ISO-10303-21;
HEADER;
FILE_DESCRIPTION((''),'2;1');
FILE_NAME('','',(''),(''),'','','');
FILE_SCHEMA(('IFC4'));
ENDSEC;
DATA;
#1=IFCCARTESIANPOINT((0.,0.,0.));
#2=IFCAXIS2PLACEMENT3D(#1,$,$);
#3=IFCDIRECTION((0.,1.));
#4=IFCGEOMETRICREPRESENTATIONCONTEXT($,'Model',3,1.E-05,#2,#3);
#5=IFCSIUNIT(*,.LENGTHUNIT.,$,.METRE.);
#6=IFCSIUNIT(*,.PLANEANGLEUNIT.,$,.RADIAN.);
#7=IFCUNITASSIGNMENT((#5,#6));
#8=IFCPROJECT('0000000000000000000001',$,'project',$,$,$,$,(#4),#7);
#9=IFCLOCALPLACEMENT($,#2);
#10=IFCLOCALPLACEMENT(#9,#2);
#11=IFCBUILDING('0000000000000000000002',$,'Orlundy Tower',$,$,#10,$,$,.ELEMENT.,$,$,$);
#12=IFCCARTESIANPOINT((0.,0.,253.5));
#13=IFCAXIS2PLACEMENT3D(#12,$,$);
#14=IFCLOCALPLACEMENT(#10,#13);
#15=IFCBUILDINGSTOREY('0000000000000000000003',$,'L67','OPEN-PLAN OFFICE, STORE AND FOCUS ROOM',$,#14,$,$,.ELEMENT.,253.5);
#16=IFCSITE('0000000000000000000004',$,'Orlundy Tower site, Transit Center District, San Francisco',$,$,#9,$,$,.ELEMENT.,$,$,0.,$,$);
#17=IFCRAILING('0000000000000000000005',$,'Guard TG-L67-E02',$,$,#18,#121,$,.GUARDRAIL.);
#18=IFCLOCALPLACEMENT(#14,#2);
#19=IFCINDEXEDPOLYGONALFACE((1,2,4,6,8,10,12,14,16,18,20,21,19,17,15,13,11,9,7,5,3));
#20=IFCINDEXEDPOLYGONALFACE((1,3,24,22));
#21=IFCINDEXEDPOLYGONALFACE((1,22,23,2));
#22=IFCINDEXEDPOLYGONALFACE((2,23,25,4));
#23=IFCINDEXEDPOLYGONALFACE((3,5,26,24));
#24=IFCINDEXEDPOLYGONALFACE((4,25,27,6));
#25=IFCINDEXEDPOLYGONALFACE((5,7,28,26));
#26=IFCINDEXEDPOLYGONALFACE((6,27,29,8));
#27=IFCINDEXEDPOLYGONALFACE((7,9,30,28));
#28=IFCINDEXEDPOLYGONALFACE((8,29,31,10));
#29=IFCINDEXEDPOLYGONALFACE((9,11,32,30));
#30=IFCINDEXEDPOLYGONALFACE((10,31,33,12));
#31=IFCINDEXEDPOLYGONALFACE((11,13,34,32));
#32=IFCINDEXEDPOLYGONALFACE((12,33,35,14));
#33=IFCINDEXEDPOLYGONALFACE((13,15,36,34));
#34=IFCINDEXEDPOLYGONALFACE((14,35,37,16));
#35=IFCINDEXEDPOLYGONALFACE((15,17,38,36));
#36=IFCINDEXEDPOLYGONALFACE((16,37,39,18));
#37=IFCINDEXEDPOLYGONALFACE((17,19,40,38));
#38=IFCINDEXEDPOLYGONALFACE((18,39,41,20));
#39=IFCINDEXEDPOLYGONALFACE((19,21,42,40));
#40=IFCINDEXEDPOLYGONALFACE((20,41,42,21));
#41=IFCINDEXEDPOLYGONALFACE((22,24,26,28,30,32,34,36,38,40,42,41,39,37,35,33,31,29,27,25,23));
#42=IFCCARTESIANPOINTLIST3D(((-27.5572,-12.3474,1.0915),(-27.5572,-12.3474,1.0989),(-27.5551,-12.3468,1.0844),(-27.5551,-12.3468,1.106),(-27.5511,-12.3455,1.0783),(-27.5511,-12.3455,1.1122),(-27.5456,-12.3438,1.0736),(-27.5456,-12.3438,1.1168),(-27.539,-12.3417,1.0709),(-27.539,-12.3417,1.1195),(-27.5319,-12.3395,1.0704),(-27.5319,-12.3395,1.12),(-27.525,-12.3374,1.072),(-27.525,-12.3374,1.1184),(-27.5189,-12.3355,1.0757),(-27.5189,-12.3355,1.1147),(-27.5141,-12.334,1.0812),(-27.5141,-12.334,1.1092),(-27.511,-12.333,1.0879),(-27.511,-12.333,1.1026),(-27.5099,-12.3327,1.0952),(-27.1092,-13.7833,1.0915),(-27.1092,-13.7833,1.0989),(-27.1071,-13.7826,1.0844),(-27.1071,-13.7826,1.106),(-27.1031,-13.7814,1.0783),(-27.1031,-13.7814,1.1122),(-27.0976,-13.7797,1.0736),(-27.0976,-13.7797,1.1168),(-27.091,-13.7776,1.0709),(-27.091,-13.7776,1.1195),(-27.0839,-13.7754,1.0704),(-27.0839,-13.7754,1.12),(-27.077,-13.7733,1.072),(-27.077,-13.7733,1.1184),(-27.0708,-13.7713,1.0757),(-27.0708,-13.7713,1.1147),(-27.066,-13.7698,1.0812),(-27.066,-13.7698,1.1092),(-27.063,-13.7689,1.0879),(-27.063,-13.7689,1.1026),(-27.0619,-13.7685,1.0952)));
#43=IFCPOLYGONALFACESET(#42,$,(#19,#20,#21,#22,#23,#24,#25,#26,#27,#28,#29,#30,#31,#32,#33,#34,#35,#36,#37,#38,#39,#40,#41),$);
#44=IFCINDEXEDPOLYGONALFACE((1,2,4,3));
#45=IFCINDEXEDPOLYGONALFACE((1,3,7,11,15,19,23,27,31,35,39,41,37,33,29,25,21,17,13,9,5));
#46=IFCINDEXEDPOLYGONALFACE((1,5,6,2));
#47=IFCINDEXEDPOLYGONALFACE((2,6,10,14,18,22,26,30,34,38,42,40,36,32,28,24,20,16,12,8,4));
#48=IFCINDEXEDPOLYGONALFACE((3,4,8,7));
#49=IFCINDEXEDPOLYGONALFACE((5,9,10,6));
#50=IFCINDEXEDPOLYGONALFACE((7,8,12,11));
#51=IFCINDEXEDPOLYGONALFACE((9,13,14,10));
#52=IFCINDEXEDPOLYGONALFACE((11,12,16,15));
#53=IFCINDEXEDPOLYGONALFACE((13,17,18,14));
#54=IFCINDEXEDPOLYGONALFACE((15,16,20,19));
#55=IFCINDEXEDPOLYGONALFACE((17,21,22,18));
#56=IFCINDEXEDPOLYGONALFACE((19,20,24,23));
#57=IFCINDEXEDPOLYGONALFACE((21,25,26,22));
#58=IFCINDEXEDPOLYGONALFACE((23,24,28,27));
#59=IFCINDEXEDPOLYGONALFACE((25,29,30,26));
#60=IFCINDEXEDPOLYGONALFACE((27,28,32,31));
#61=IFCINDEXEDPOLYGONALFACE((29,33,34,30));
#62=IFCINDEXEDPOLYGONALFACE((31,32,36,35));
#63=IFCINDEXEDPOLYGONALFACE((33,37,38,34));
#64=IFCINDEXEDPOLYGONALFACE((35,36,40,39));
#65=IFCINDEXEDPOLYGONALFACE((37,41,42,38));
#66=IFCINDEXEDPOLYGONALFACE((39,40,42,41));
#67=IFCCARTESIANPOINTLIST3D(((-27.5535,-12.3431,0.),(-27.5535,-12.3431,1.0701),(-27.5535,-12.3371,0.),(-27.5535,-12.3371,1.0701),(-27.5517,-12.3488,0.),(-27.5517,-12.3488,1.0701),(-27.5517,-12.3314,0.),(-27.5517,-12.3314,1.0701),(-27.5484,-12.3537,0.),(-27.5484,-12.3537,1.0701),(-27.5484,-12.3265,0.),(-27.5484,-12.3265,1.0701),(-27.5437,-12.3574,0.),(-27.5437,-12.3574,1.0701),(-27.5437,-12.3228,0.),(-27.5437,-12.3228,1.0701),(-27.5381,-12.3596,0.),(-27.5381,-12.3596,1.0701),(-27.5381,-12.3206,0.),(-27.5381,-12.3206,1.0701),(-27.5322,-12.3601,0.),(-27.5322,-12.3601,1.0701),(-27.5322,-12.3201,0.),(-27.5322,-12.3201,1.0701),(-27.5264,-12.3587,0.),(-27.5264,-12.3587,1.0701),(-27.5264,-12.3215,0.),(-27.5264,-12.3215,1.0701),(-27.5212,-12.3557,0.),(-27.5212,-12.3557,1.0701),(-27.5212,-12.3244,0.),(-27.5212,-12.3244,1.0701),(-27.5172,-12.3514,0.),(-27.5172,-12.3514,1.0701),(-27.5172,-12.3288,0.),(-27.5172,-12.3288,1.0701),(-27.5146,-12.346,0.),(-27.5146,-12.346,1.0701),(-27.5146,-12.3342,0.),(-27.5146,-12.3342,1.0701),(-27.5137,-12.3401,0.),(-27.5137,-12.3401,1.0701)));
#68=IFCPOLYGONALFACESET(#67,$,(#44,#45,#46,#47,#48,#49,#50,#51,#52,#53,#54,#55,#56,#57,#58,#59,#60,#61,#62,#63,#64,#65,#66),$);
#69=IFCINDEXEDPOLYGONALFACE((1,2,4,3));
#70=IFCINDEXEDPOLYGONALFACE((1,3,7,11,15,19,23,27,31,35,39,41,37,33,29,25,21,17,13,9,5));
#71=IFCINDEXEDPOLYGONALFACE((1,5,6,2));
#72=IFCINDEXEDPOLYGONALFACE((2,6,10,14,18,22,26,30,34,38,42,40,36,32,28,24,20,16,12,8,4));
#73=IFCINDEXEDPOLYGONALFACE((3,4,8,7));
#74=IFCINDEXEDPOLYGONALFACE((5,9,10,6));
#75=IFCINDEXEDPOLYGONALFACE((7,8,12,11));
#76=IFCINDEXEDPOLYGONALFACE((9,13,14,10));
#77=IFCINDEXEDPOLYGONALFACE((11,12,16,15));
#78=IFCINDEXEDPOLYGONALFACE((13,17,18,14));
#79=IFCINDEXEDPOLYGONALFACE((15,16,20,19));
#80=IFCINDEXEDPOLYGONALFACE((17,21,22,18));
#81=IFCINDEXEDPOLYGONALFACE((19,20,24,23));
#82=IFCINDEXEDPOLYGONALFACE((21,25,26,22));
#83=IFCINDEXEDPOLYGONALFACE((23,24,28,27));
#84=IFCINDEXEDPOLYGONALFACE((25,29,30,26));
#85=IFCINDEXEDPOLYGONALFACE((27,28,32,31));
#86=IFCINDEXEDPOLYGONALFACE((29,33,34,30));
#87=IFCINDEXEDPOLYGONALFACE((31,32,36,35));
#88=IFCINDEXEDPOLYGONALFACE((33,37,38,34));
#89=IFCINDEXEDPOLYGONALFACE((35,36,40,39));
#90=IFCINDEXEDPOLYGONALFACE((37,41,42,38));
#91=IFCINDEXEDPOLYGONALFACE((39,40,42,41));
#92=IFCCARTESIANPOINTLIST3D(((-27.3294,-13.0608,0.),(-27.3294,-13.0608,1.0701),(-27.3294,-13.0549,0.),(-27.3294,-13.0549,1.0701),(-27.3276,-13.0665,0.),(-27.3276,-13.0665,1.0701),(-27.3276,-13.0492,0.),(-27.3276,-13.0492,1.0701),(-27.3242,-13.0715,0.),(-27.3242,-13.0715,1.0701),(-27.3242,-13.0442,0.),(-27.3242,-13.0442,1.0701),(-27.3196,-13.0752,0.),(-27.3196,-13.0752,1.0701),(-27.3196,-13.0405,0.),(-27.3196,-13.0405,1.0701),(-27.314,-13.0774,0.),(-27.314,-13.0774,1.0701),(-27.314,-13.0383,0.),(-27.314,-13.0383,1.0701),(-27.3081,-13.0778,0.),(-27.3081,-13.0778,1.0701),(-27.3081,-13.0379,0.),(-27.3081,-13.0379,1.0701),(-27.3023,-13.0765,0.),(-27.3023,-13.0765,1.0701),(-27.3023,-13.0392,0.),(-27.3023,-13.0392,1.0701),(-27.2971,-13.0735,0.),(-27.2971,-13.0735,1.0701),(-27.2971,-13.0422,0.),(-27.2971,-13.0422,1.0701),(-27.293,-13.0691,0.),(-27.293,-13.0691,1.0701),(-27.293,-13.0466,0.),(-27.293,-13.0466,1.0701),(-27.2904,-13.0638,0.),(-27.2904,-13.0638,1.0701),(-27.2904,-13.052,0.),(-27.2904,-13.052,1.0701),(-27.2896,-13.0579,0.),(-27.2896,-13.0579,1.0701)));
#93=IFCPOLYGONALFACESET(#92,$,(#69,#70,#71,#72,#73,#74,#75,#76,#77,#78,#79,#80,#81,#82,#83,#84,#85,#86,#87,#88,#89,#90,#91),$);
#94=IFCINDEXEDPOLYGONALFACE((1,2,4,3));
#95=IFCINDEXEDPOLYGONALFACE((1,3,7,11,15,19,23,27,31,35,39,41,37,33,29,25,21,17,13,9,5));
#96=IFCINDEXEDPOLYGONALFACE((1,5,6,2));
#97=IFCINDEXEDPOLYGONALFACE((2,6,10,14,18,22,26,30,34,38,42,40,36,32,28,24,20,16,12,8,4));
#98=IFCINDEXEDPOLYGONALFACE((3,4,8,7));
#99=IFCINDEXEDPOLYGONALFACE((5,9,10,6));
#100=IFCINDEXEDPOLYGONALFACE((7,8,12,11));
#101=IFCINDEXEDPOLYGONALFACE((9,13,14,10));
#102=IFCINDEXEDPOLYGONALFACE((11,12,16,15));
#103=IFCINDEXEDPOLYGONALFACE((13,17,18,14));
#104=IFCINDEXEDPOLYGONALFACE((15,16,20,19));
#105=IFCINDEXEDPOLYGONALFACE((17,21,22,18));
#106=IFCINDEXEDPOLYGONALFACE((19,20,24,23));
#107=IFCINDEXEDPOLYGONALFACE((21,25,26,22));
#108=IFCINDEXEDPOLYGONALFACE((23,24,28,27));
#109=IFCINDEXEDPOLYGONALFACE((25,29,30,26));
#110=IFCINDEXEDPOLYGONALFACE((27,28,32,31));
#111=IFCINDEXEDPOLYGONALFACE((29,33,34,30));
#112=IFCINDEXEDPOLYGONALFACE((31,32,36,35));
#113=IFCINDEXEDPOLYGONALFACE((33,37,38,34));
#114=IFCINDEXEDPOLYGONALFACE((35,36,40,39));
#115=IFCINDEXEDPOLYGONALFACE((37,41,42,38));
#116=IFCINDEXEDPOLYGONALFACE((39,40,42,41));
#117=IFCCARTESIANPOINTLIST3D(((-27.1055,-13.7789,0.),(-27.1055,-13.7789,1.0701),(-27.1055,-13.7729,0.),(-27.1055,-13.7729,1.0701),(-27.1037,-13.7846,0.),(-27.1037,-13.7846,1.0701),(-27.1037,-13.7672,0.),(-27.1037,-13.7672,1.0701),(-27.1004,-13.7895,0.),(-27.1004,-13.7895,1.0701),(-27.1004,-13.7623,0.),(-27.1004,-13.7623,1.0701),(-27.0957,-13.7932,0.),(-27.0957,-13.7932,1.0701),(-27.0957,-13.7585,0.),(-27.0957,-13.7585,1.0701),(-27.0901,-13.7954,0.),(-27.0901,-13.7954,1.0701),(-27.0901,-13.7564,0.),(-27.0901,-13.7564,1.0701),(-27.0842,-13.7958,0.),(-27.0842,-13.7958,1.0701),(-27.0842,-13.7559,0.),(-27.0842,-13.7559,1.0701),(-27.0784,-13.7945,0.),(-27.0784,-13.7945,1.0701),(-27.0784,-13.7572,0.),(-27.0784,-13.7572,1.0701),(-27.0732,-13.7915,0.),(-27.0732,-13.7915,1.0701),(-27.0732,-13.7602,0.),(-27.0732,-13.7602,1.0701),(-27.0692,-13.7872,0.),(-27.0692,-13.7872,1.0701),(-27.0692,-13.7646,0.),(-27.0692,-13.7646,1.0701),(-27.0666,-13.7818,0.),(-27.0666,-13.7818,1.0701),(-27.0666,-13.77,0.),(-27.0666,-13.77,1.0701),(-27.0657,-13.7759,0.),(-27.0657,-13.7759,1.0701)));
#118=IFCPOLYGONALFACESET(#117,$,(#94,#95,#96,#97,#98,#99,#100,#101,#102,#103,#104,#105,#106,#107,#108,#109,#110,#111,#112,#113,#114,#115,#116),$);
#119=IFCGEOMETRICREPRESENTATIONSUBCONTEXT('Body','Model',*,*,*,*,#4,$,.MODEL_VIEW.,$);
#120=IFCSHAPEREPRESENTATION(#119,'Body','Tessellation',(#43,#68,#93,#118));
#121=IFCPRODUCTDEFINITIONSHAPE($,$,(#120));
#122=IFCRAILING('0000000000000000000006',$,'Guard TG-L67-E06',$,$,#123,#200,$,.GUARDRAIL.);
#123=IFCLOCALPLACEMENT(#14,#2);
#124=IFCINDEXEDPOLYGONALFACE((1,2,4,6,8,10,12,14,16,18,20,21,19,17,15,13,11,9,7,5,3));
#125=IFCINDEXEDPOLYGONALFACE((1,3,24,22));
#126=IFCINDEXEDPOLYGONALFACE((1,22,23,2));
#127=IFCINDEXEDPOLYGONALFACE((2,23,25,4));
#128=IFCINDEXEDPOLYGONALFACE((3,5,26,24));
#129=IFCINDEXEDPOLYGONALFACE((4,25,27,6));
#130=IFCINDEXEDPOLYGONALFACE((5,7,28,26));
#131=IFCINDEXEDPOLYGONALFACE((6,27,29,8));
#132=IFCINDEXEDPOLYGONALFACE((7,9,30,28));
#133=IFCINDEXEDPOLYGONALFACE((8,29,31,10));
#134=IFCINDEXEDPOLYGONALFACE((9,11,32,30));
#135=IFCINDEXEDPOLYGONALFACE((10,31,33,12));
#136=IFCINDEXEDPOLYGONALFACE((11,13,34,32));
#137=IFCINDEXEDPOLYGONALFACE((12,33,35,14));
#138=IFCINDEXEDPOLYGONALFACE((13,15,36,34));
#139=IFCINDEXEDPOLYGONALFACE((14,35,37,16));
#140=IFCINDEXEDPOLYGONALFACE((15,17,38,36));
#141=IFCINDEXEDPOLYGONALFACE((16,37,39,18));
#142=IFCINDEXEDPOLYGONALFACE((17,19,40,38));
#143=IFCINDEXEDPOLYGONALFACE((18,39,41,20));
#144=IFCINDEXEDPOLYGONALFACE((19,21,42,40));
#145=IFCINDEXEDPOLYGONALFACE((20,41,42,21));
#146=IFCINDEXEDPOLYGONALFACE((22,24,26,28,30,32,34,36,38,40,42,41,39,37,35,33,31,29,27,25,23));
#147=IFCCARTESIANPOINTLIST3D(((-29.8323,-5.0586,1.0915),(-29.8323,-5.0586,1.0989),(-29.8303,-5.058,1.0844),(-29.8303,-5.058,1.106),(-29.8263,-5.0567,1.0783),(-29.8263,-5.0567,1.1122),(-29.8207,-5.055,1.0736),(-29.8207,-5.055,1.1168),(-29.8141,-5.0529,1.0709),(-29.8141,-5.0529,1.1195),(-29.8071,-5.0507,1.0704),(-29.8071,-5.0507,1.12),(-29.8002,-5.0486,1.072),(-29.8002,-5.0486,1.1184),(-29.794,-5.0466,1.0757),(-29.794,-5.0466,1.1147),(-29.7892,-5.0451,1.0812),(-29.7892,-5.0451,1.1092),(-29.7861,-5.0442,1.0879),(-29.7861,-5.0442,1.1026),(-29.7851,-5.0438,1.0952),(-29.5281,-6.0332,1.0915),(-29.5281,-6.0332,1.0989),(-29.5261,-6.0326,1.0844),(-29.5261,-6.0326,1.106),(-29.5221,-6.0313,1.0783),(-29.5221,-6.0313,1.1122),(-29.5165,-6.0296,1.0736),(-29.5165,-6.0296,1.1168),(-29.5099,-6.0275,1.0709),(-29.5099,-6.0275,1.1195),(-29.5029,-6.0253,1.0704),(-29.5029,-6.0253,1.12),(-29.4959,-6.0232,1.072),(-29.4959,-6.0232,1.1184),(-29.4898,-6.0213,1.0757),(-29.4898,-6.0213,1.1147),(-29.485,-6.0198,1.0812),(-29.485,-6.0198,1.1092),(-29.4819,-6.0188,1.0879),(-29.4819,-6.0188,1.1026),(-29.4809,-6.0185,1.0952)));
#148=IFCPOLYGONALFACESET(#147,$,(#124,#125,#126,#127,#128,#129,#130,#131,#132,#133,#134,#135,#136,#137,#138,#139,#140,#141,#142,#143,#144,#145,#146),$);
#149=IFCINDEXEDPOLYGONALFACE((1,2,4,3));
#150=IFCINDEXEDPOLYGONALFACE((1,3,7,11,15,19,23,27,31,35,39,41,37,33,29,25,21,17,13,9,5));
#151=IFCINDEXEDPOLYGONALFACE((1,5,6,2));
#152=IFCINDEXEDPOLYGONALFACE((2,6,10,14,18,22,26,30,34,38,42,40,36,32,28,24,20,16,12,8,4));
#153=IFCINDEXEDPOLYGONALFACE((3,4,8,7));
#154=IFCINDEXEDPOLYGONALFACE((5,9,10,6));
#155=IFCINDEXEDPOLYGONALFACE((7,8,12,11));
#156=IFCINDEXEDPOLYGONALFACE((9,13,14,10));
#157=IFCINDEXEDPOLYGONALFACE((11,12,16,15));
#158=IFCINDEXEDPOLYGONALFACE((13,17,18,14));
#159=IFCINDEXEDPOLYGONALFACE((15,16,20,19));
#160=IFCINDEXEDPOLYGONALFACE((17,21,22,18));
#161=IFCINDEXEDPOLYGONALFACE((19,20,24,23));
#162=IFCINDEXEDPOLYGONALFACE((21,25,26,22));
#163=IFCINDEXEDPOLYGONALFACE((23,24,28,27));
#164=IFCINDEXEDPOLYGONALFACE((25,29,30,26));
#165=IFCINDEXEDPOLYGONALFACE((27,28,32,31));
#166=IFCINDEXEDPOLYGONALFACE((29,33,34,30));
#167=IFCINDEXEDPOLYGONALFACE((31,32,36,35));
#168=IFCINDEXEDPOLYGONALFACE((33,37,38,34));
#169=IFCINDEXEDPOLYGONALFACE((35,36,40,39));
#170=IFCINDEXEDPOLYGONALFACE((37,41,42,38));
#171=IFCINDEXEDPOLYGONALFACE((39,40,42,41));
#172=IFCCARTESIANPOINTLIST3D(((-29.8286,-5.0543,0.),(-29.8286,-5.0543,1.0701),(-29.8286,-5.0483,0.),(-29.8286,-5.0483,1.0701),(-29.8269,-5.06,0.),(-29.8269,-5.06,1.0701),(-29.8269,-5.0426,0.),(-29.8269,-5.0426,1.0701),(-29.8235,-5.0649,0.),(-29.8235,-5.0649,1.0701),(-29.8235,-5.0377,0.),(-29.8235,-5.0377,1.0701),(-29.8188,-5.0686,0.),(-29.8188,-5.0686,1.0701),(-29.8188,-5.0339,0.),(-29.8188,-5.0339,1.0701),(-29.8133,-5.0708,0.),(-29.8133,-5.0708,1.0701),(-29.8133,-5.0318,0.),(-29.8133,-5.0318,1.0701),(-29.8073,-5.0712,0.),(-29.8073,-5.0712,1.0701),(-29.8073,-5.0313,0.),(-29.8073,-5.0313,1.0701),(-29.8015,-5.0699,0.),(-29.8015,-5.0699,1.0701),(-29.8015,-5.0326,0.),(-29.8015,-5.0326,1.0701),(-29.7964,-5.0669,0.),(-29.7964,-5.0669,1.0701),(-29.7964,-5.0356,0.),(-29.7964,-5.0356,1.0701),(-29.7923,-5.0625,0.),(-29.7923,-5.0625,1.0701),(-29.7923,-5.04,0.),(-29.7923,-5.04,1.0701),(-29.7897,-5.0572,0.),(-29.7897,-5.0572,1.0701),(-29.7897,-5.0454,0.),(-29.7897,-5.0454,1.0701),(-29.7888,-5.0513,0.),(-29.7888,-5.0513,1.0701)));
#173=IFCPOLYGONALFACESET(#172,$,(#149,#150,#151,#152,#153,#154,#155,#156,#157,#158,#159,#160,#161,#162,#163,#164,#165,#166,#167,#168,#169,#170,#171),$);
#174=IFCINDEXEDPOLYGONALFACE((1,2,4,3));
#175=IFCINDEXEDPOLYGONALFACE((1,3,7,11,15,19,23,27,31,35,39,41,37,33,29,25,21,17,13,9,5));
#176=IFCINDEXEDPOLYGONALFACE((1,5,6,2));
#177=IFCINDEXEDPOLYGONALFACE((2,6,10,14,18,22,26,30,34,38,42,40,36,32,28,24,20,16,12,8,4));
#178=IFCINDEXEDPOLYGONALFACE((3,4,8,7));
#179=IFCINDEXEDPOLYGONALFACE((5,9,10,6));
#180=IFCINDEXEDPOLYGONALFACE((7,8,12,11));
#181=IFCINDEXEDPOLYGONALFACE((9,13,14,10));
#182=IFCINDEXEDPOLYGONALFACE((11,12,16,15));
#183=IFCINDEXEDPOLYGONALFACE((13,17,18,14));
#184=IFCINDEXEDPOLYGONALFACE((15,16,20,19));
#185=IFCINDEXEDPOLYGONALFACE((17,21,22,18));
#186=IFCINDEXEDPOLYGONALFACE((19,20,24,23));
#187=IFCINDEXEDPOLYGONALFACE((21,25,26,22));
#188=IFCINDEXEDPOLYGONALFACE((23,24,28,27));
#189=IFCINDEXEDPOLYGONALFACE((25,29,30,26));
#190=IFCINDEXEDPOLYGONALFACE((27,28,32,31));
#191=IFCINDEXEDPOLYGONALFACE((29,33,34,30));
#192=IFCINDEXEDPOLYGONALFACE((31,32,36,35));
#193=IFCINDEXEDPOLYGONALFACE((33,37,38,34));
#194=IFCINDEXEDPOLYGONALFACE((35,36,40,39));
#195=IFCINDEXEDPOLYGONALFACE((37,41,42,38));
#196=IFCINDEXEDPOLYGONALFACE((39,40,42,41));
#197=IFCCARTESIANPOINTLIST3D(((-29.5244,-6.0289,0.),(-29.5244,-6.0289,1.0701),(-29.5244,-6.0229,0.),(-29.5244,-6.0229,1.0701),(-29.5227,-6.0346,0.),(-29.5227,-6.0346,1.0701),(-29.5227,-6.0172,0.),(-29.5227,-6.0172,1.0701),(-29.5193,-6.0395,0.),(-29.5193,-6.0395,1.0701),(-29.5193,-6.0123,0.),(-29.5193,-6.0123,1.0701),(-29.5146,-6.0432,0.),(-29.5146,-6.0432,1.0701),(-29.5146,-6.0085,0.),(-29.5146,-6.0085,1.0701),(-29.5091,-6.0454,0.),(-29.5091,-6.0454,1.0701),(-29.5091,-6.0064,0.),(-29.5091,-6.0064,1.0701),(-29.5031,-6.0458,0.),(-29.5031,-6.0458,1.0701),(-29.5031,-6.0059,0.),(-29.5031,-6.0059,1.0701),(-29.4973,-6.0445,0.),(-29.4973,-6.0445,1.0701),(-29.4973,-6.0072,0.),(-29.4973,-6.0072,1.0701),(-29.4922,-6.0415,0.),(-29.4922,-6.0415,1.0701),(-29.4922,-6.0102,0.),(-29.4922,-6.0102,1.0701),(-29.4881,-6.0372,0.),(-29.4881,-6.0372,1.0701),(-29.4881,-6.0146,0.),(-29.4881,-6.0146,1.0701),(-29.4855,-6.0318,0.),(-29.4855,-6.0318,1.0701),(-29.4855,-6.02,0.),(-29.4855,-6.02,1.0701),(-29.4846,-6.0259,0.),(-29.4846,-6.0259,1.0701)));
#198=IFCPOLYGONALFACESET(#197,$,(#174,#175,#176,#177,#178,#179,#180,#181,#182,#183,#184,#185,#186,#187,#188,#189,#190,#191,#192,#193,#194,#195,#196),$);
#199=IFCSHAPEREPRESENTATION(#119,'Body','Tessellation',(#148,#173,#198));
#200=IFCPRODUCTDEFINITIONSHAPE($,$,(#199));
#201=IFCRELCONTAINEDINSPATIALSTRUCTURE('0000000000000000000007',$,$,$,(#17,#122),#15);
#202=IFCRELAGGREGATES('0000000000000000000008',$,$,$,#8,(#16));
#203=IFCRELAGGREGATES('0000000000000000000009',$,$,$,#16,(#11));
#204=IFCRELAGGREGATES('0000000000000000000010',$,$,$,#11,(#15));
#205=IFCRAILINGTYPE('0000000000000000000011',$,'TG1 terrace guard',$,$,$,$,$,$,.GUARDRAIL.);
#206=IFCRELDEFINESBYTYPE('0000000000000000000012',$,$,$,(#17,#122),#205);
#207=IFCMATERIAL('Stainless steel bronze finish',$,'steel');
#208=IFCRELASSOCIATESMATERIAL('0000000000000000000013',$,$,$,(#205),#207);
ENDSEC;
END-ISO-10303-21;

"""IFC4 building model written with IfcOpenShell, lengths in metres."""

from ifc_helpers import new_model, si_unit, direction, frame, origin, origin_2d, place, context, subcontext, project, spatial, circle, extrude, material, type_object, element, save


model = new_model("IFC4")

# Units and contexts
model_context = context("Model", 3, precision=1e-05, world=origin(), true_north=direction((0.0, 1.0)))
body_context = subcontext(model_context, "Body", "Model", "MODEL_VIEW")
ifc_project = project(units=[si_unit("LENGTHUNIT", "METRE"), si_unit("PLANEANGLEUNIT", "RADIAN")], contexts=[model_context])

# Site, building, storey
site_placement = place(None, origin())
site = spatial("IfcSite", under=ifc_project, at=site_placement, Name="Orlundy Tower site, Transit Center District, San Francisco", CompositionType="ELEMENT", RefElevation=0.0)
building_placement = place(site_placement, origin())
building = spatial("IfcBuilding", under=site, at=building_placement, Name="Orlundy Tower", CompositionType="ELEMENT")
storey_placement = place(building_placement, frame((0.0, 0.0, 253.5)))
storey = spatial("IfcBuildingStorey", under=building, at=storey_placement, Name="L67", Description="OPEN-PLAN OFFICE, STORE AND FOCUS ROOM", CompositionType="ELEMENT", Elevation=253.5)

# Railings
ifc_material_1 = material(Name="Stainless steel bronze finish", Category="steel")
railing_type_1 = type_object("IfcRailingType", Name="TG1 terrace guard", PredefinedType="GUARDRAIL", material=ifc_material_1)
railing_1_placement = place(storey_placement, frame((-27.5337, -12.3401, 0.0)))
element("IfcRailing", 1, at=railing_1_placement, inside=storey, type_object=railing_type_1, Name="Guard TG-L67-E02", PredefinedType="GUARDRAIL", context=body_context, shape_type="SweptSolid", body=[
    extrude(circle(Radius=0.0249, at=origin_2d()), frame((0.0, 0.0, 1.0952), z_axis=(0.297859, -0.95461, 0.0), x_axis=(0.95461, 0.297859, 0.0)), (0.0, 0.0, 1.0), 1.5042),
    extrude(circle(Radius=0.02, at=origin_2d()), origin(), (0.0, 0.0, 1.0), 1.0701),
    extrude(circle(Radius=0.02, at=origin_2d()), frame((0.2241, -0.7178, 0.0)), (0.0, 0.0, 1.0), 1.0701),
    extrude(circle(Radius=0.02, at=origin_2d()), frame((0.448, -1.4358, 0.0)), (0.0, 0.0, 1.0), 1.0701),
])
railing_2_placement = place(storey_placement, frame((-29.8088, -5.0513, 0.0)))
element("IfcRailing", 2, at=railing_2_placement, inside=storey, type_object=railing_type_1, Name="Guard TG-L67-E06", PredefinedType="GUARDRAIL", context=body_context, shape_type="SweptSolid", body=[
    extrude(circle(Radius=0.0249, at=origin_2d()), frame((0.0, 0.0, 1.0952), z_axis=(0.297948, -0.954582, 0.0), x_axis=(0.954582, 0.297948, 0.0)), (0.0, 0.0, 1.0), 1.021),
    extrude(circle(Radius=0.02, at=origin_2d()), origin(), (0.0, 0.0, 1.0), 1.0701),
    extrude(circle(Radius=0.02, at=origin_2d()), frame((0.3042, -0.9746, 0.0)), (0.0, 0.0, 1.0), 1.0701),
])

save(model, "model.ifc")
